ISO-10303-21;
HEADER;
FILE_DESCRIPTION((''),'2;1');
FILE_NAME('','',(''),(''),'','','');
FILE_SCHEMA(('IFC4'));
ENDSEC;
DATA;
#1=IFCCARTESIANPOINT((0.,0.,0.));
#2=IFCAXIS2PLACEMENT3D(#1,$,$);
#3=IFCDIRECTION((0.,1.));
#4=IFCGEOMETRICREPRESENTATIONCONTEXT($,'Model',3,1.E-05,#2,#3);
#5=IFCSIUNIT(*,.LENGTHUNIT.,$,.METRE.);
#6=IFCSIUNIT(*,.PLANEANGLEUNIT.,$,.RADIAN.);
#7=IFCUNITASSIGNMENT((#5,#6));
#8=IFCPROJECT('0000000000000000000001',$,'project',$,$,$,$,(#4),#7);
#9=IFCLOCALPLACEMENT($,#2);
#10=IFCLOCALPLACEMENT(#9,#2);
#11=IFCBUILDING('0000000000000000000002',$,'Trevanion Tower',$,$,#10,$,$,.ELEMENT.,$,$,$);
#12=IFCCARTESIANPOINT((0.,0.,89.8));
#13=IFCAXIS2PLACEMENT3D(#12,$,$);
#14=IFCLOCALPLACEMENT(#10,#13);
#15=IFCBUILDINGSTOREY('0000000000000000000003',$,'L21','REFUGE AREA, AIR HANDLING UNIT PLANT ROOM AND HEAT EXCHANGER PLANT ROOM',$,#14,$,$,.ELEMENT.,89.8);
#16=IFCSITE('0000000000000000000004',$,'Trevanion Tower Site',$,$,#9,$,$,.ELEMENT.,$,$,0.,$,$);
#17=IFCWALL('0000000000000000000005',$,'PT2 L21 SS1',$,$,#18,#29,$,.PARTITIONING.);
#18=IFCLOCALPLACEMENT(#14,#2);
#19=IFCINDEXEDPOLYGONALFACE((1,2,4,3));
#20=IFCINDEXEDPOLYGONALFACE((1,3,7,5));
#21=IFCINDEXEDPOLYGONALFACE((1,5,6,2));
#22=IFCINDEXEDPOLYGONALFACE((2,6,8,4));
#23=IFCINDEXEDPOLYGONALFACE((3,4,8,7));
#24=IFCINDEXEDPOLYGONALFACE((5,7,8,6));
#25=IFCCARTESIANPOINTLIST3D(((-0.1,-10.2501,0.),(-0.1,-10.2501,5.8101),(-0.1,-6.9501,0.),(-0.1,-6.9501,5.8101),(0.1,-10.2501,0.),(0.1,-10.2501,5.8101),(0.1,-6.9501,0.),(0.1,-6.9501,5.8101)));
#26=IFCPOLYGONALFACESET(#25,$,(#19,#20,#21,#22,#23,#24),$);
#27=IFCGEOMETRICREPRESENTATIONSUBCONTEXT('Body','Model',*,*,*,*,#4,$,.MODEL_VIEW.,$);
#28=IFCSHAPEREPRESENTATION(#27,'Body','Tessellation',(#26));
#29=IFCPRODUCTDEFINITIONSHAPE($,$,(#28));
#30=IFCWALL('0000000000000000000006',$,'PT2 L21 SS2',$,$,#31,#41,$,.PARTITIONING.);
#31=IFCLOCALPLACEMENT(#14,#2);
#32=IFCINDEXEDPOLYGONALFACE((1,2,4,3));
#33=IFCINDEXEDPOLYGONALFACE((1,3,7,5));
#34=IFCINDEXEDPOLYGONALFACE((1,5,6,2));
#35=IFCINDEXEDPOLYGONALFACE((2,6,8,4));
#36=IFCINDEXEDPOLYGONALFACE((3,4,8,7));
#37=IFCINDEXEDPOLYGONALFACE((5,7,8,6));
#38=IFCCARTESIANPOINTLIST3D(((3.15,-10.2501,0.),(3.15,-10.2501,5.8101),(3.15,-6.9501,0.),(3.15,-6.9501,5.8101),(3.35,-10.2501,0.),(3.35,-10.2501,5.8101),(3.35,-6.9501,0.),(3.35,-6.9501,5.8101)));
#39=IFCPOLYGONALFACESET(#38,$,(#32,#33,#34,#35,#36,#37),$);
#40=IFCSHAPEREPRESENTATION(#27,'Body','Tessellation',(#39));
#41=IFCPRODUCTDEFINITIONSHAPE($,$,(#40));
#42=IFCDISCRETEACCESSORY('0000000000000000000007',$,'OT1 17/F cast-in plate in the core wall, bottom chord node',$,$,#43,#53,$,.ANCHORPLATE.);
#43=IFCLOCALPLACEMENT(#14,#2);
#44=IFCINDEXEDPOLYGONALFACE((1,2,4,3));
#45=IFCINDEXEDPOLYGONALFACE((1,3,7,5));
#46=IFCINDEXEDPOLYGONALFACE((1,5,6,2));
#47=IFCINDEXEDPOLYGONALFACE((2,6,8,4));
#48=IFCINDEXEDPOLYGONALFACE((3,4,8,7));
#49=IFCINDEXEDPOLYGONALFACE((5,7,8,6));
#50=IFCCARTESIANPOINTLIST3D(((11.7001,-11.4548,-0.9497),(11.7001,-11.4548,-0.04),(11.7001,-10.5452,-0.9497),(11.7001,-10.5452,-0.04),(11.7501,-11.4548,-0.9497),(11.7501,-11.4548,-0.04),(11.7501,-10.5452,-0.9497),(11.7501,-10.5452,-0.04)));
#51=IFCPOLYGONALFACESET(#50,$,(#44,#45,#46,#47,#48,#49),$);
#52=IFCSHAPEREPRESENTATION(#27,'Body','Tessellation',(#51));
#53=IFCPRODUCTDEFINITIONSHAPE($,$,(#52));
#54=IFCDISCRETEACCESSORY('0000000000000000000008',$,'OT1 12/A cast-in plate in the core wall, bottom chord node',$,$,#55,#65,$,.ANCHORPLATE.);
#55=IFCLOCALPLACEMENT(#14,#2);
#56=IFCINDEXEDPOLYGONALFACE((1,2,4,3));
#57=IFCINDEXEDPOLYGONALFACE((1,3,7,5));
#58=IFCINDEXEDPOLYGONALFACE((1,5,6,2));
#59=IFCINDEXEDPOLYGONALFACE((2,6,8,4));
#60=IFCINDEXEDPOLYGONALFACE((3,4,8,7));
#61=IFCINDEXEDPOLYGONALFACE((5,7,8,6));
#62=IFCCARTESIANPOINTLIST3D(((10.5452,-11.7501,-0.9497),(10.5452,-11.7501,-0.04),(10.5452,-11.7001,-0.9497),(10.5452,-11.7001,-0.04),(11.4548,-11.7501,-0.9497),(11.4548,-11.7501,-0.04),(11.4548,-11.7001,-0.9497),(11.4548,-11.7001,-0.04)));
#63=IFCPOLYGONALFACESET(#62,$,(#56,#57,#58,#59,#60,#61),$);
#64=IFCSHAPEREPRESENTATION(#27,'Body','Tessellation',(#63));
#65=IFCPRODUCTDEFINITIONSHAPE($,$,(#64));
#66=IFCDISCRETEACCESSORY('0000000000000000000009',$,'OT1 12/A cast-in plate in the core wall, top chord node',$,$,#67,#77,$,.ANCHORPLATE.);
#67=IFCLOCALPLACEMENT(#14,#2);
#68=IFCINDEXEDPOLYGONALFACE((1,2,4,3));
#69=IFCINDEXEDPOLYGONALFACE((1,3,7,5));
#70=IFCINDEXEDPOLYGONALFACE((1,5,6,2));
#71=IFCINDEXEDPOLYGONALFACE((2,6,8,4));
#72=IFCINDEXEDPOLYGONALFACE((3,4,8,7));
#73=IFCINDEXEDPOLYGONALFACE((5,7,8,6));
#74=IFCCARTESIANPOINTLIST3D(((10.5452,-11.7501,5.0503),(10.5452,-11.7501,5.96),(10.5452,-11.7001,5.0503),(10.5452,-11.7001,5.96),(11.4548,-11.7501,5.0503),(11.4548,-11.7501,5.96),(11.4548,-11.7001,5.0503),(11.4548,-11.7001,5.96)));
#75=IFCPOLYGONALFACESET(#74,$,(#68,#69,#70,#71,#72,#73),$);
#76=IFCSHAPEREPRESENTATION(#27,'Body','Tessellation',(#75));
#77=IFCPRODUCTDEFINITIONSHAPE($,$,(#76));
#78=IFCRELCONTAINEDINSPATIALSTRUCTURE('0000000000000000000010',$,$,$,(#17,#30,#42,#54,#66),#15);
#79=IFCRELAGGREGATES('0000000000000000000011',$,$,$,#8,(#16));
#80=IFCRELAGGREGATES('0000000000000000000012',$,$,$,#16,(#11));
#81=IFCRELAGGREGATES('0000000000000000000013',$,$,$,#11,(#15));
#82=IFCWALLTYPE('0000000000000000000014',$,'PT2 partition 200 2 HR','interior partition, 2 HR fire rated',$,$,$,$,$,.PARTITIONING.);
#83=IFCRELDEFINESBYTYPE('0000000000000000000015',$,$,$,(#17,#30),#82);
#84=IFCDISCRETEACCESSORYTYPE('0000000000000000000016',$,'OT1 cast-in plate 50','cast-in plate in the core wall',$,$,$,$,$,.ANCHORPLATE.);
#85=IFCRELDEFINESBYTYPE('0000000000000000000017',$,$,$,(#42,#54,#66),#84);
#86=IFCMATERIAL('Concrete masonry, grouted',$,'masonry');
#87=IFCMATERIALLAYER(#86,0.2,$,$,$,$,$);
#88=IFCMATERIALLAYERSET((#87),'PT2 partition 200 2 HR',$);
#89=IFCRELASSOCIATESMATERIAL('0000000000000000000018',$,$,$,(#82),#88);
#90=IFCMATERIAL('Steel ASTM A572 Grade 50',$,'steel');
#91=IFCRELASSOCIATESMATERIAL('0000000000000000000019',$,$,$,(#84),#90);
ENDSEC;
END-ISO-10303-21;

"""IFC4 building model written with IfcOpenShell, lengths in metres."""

from ifc_helpers import new_model, si_unit, direction, frame, frame_2d, origin, origin_2d, place, context, subcontext, project, spatial, rectangle, extrude, material, layer, layer_set, type_object, element, save


model = new_model("IFC4")

# Units and contexts
model_context = context("Model", 3, precision=1e-05, world=origin(), true_north=direction((0.0, 1.0)))
body_context = subcontext(model_context, "Body", "Model", "MODEL_VIEW")
ifc_project = project(units=[si_unit("LENGTHUNIT", "METRE"), si_unit("PLANEANGLEUNIT", "RADIAN")], contexts=[model_context])

# Site, building, storey
site_placement = place(None, origin())
site = spatial("IfcSite", under=ifc_project, at=site_placement, Name="Trevanion Tower Site", CompositionType="ELEMENT", RefElevation=0.0)
building_placement = place(site_placement, origin())
building = spatial("IfcBuilding", under=site, at=building_placement, Name="Trevanion Tower", CompositionType="ELEMENT")
storey_placement = place(building_placement, frame((0.0, 0.0, 89.8)))
storey = spatial("IfcBuildingStorey", under=building, at=storey_placement, Name="L21", Description="REFUGE AREA, AIR HANDLING UNIT PLANT ROOM AND HEAT EXCHANGER PLANT ROOM", CompositionType="ELEMENT", Elevation=89.8)

# Walls
ifc_material_1 = material(Name="Concrete masonry, grouted", Category="masonry")
ifc_layer_1 = layer(ifc_material_1, 0.2)
ifc_layer_set_1 = layer_set([ifc_layer_1], Name="PT2 partition 200 2 HR")
wall_type_1 = type_object("IfcWallType", Name="PT2 partition 200 2 HR", Description="interior partition, 2 HR fire rated", PredefinedType="PARTITIONING", material=ifc_layer_set_1)
for number, where, z_axis, x_axis, name in (
    (1, (0.0, -10.25, 0.0), (0.0, 0.0, 1.0), (0.0, 1.0, 0.0), "PT2 L21 SS1"),
    (2, (3.25, -10.25, 0.0), (0.0, 0.0, 1.0), (0.0, 1.0, 0.0), "PT2 L21 SS2"),
):
    element("IfcWall", number, at=place(storey_placement, frame(where, z_axis=z_axis, x_axis=x_axis)), inside=storey, type_object=wall_type_1, Name=name, PredefinedType="PARTITIONING", context=body_context, shape_type="SweptSolid", body=[
        extrude(rectangle(XDim=3.3, YDim=0.2, at=frame_2d((1.6499, 0.0))), origin(), (0.0, 0.0, 1.0), 5.8101),
    ])

# Discrete accessories
ifc_material_2 = material(Name="Steel ASTM A572 Grade 50", Category="steel")
discrete_accessory_type = type_object("IfcDiscreteAccessoryType", Name="OT1 cast-in plate 50", Description="cast-in plate in the core wall", PredefinedType="ANCHORPLATE", material=ifc_material_2)
for number, where, z_axis, x_axis, name in (
    (3, (11.7251, -11.0, -0.9497), (0.0, 0.0, 1.0), (1.0, 0.0, 0.0), "OT1 17/F cast-in plate in the core wall, bottom chord node"),
    (4, (11.0, -11.7251, -0.9497), (0.0, 0.0, 1.0), (0.0, -1.0, 0.0), "OT1 12/A cast-in plate in the core wall, bottom chord node"),
    (5, (11.0, -11.7251, 5.0503), (0.0, 0.0, 1.0), (0.0, -1.0, 0.0), "OT1 12/A cast-in plate in the core wall, top chord node"),
):
    element("IfcDiscreteAccessory", number, at=place(storey_placement, frame(where, z_axis=z_axis, x_axis=x_axis)), inside=storey, type_object=discrete_accessory_type, Name=name, PredefinedType="ANCHORPLATE", context=body_context, shape_type="SweptSolid", body=[
        extrude(rectangle(XDim=0.05, YDim=0.9097, at=origin_2d()), origin(), (0.0, 0.0, 1.0), 0.9097),
    ])

save(model, "model.ifc")
